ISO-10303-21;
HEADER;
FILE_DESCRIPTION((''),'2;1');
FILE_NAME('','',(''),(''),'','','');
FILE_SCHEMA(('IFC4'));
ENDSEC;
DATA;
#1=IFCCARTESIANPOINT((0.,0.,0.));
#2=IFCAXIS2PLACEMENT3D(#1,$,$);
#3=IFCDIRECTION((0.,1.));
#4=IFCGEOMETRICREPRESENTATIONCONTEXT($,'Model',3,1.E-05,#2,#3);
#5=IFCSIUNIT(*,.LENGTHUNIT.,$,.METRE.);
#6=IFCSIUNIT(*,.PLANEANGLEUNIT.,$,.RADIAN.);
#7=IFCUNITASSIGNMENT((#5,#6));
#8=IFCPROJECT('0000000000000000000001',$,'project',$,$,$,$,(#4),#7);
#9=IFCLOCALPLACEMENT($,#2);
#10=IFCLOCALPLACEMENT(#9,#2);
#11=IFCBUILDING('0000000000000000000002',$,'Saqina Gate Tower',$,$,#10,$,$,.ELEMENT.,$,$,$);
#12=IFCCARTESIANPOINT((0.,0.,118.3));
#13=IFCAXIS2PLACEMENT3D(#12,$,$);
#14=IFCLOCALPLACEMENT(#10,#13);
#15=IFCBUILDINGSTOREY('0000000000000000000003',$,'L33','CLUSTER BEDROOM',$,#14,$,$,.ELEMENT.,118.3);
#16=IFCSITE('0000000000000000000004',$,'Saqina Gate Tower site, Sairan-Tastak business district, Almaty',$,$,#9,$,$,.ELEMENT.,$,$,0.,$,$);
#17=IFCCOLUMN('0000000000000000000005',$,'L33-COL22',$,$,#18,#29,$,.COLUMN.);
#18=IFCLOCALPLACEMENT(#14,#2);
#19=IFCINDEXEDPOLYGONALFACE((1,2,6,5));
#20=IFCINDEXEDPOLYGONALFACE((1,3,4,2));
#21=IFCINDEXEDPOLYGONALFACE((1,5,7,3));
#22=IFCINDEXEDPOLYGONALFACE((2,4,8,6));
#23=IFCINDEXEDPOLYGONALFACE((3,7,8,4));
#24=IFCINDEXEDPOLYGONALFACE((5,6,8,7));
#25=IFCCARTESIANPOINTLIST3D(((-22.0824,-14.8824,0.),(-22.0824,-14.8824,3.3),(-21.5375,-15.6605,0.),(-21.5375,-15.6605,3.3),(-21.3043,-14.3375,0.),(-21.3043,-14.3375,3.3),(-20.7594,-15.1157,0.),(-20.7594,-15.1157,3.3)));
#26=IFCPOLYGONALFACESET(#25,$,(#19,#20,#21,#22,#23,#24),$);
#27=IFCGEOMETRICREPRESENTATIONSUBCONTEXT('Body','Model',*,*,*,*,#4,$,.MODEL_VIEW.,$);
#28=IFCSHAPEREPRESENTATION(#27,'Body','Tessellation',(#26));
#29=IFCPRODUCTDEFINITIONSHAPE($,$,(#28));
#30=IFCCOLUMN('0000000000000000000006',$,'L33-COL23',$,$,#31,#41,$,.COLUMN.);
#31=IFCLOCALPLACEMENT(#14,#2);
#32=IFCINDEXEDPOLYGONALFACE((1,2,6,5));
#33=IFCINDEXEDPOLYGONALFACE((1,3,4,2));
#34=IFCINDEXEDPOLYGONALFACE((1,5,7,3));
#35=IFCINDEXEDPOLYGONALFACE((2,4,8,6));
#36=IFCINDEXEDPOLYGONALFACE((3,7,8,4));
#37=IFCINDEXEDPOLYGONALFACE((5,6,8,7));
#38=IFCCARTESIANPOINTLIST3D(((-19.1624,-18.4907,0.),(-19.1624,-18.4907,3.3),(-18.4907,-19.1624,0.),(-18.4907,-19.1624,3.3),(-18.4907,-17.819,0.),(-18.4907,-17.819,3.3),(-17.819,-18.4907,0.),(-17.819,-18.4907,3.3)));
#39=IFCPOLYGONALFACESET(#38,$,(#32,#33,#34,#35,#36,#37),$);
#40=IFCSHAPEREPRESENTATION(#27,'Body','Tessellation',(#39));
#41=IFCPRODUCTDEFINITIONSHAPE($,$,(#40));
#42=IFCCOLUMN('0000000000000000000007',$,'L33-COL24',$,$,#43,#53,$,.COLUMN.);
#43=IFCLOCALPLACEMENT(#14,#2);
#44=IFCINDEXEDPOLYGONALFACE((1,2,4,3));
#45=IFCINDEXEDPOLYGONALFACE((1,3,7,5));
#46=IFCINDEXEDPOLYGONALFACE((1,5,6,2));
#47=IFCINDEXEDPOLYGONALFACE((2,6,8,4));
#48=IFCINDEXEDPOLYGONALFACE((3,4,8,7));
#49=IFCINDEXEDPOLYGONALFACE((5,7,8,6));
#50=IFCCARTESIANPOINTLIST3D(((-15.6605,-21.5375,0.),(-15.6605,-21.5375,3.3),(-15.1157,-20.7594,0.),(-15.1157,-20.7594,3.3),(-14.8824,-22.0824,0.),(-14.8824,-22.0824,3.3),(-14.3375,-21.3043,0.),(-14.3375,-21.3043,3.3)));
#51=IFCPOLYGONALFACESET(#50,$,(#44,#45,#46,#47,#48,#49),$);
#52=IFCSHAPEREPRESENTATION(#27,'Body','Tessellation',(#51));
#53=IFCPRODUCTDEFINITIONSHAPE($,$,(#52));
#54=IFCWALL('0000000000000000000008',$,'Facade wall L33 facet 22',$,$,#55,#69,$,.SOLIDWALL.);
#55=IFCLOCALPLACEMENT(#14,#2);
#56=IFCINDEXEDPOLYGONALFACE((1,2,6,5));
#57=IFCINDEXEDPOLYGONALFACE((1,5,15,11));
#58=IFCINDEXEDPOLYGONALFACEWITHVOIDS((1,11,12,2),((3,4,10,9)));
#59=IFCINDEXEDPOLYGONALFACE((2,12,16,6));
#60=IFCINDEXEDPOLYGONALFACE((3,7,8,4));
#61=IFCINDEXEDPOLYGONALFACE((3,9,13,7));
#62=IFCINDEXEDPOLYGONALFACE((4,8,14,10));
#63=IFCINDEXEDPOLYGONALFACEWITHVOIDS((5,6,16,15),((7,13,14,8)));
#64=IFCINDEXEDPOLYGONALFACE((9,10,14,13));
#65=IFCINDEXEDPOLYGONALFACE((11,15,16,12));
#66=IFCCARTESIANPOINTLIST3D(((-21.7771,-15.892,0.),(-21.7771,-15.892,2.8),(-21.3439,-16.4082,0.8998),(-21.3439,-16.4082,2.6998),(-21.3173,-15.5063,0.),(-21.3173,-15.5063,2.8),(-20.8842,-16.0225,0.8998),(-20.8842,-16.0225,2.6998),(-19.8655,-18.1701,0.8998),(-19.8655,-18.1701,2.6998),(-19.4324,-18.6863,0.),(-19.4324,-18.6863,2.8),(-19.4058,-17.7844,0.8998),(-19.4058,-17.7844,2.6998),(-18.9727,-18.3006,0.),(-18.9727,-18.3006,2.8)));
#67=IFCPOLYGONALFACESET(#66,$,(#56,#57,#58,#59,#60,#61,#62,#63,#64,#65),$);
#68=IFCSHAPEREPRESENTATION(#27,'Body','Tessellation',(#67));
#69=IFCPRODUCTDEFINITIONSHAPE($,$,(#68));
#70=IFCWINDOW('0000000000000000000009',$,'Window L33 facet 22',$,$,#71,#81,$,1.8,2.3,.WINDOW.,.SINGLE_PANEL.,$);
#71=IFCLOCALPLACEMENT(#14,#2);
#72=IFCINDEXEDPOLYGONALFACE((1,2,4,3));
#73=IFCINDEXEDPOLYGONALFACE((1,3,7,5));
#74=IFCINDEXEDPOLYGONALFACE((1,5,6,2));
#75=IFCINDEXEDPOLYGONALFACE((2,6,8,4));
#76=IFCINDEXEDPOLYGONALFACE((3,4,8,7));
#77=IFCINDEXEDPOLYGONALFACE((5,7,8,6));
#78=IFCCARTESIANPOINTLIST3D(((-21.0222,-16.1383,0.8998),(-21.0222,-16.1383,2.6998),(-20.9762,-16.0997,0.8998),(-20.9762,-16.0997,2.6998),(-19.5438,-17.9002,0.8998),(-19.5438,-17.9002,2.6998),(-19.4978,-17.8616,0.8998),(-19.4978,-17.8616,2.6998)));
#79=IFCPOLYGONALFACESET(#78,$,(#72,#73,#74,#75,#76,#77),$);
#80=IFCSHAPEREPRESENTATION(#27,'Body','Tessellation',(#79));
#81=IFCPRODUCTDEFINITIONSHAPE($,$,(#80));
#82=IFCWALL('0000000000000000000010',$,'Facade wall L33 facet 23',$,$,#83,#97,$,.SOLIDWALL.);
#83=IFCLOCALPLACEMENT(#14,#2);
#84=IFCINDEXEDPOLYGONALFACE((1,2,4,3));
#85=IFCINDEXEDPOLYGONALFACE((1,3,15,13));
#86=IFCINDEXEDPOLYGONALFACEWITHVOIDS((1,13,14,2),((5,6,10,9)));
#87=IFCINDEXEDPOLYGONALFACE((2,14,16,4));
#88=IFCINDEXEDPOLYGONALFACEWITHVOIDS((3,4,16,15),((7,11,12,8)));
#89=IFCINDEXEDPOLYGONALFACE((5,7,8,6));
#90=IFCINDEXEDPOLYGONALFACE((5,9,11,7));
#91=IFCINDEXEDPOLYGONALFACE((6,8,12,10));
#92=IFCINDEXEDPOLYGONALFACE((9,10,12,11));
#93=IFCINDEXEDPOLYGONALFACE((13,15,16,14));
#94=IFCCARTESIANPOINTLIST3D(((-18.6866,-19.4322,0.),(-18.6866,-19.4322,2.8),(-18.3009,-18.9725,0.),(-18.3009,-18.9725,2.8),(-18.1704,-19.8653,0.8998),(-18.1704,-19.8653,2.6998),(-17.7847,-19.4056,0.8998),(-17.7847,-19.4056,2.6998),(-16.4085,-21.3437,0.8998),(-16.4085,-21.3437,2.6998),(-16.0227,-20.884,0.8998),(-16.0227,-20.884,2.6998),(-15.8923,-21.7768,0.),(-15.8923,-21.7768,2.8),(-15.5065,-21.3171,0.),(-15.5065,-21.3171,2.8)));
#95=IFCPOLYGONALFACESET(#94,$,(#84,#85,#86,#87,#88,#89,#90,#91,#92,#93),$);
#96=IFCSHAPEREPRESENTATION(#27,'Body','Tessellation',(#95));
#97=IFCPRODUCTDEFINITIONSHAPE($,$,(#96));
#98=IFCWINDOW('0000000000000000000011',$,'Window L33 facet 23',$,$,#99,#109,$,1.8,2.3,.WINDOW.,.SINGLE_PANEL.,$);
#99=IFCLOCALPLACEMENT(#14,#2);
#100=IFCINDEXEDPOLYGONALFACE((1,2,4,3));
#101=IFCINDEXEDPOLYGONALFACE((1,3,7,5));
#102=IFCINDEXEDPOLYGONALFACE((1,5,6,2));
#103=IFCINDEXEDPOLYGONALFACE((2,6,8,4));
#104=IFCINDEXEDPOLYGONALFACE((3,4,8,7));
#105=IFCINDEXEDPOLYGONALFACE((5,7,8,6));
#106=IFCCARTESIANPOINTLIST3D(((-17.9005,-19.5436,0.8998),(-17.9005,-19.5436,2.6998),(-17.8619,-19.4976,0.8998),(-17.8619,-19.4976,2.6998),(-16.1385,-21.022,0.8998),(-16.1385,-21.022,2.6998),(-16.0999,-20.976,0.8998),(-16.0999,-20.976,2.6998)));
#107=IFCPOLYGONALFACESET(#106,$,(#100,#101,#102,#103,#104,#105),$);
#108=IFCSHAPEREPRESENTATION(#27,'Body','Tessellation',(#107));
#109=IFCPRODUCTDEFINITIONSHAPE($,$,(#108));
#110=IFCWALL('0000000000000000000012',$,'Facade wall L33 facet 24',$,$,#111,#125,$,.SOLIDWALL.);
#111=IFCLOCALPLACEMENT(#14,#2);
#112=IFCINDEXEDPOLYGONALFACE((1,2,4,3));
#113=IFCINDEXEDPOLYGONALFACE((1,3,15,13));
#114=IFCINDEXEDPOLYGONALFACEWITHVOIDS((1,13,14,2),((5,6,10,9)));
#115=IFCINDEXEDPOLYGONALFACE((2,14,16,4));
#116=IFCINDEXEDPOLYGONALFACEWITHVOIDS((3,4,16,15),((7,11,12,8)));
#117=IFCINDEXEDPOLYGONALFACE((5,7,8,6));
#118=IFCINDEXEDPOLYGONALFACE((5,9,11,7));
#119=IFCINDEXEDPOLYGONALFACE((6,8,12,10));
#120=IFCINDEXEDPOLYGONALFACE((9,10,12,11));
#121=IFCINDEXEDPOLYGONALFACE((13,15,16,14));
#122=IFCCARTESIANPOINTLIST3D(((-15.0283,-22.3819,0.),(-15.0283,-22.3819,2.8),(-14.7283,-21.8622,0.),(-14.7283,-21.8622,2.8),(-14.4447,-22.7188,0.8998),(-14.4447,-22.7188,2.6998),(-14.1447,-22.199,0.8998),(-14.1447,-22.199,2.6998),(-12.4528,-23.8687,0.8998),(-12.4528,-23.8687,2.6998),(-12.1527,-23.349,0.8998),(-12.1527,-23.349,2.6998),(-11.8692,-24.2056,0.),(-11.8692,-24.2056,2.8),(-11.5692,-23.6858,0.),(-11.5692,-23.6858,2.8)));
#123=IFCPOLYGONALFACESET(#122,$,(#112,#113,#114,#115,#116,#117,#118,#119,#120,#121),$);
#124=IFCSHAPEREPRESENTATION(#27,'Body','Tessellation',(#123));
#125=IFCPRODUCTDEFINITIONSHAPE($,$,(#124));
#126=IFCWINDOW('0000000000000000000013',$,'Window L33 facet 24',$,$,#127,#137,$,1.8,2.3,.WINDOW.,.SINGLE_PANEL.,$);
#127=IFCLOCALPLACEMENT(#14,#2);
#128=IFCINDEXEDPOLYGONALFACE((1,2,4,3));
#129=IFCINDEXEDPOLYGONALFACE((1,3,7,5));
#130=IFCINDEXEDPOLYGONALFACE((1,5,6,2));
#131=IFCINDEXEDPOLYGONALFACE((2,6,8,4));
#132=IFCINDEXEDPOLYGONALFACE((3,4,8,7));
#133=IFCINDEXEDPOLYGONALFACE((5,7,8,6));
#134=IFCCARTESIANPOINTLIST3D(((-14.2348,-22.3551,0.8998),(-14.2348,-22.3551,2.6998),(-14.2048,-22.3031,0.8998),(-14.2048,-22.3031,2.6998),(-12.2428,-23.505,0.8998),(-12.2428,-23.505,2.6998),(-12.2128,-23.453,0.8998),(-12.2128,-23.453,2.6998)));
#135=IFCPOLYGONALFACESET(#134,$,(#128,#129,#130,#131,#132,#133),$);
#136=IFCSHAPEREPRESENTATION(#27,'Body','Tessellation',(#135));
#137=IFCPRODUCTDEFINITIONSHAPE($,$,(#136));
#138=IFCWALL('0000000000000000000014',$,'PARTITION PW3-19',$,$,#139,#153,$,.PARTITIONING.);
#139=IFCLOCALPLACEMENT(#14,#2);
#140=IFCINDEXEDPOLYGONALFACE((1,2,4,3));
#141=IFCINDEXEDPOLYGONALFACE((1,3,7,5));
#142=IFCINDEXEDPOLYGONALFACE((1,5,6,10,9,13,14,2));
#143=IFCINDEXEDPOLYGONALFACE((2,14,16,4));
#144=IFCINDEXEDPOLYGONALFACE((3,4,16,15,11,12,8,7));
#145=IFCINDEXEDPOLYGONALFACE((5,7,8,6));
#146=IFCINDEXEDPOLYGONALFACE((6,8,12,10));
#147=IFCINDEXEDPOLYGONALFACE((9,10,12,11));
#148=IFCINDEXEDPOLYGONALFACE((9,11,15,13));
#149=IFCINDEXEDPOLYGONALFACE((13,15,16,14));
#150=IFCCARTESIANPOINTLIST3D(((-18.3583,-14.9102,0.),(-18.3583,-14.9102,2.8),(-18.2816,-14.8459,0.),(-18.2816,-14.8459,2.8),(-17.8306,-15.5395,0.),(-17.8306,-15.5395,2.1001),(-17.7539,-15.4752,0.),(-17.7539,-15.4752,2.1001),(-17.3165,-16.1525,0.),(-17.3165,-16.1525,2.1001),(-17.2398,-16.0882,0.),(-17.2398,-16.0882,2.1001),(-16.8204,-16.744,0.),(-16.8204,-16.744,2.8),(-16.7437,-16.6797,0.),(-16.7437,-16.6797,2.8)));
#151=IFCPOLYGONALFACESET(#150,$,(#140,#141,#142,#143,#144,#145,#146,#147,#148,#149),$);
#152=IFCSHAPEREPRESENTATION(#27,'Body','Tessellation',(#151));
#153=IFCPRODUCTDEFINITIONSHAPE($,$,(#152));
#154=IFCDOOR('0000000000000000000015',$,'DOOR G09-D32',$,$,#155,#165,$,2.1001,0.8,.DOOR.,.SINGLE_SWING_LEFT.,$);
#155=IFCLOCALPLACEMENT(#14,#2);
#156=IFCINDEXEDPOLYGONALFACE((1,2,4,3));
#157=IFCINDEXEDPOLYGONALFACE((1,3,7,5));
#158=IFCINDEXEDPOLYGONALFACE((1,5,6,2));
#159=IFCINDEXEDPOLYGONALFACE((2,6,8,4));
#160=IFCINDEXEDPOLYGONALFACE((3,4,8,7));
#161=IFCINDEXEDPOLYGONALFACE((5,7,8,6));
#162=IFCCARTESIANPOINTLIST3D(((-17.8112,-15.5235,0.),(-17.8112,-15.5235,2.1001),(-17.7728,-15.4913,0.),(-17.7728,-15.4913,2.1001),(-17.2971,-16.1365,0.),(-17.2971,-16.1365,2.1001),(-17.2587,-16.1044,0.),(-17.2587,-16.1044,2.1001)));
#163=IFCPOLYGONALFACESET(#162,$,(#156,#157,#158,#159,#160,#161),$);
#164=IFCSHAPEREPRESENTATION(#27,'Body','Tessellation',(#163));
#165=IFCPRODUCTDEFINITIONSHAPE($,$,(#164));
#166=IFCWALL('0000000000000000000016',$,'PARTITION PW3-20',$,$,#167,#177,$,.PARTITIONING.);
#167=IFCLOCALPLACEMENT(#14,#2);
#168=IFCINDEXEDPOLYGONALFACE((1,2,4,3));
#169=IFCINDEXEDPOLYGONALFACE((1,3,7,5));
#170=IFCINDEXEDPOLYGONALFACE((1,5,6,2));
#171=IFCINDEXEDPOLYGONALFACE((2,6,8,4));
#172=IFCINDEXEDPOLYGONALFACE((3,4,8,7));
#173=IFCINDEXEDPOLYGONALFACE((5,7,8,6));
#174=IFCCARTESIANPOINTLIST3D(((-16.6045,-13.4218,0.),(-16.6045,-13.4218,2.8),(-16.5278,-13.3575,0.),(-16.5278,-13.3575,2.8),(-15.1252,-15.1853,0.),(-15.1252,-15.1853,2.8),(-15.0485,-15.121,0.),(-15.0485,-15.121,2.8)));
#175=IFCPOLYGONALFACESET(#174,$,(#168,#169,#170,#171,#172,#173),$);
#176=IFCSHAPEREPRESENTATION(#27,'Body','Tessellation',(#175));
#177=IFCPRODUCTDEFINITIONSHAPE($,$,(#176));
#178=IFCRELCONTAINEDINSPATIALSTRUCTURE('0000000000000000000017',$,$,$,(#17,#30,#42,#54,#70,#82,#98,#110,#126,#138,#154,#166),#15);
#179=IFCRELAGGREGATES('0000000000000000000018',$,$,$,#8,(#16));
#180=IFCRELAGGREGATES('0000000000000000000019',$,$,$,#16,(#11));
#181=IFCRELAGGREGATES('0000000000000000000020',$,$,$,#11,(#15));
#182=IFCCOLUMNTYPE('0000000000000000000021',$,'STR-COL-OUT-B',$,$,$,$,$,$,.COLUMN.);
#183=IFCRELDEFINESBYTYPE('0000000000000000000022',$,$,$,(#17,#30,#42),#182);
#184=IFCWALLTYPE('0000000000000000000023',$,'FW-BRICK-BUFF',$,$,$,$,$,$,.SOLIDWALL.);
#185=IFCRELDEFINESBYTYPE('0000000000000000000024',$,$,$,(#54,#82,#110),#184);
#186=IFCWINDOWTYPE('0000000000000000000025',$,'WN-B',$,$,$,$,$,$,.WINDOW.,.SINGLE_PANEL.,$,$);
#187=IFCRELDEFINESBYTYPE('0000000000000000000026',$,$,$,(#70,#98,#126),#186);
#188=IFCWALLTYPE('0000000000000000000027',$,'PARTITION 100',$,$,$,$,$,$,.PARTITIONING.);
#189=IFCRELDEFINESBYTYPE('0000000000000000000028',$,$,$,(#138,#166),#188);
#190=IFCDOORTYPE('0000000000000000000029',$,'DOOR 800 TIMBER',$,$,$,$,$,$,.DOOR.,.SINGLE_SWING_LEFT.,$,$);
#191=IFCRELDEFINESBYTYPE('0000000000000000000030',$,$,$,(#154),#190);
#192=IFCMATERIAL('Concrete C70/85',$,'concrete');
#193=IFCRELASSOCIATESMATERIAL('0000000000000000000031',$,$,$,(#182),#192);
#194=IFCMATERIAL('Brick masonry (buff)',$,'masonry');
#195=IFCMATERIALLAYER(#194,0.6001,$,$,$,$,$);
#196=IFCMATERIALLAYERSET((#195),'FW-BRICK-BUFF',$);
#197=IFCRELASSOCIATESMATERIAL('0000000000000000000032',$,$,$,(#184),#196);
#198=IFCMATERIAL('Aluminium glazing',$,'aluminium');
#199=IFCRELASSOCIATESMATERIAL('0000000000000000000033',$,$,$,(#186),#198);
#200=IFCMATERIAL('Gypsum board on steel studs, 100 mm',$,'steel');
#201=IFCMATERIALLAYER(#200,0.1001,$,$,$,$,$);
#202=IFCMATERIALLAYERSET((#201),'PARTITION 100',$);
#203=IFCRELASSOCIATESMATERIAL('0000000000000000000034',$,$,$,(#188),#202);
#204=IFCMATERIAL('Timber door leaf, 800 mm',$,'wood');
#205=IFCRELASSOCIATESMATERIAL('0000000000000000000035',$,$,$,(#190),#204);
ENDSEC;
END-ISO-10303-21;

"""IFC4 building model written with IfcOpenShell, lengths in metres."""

from ifc_helpers import new_model, si_unit, direction, frame, frame_2d, origin, origin_2d, place, context, subcontext, project, spatial, rectangle, extrude, material, layer, layer_set, material_profile, profile_set, type_object, element, fill, save


model = new_model("IFC4")

# Units and contexts
model_context = context("Model", 3, precision=1e-05, world=origin(), true_north=direction((0.0, 1.0)))
body_context = subcontext(model_context, "Body", "Model", "MODEL_VIEW")
ifc_project = project(units=[si_unit("LENGTHUNIT", "METRE"), si_unit("PLANEANGLEUNIT", "RADIAN")], contexts=[model_context])

# Site, building, storey
site_placement = place(None, origin())
site = spatial("IfcSite", under=ifc_project, at=site_placement, Name="Saqina Gate Tower site, Sairan-Tastak business district, Almaty", CompositionType="ELEMENT", RefElevation=0.0)
building_placement = place(site_placement, origin())
building = spatial("IfcBuilding", under=site, at=building_placement, Name="Saqina Gate Tower", CompositionType="ELEMENT")
storey_placement = place(building_placement, frame((0.0, 0.0, 118.3)))
storey = spatial("IfcBuildingStorey", under=building, at=storey_placement, Name="L33", Description="CLUSTER BEDROOM", CompositionType="ELEMENT", Elevation=118.3)

# Columns
ifc_material_1 = material(Name="Concrete C70/85", Category="concrete")
ifc_material_profile = material_profile(ifc_material_1, rectangle(XDim=0.95, YDim=0.95, at=origin_2d()), Name="RC 950x950")
ifc_profile_set = profile_set([ifc_material_profile], Name="Concrete C70/85")
column_type = type_object("IfcColumnType", Name="STR-COL-OUT-B", PredefinedType="COLUMN", material=ifc_profile_set)
for number, where, z_axis, x_axis, name in (
    (1, (-21.4209, -14.999, 0.0), (0.0, 0.0, 1.0), (-0.819152, -0.573576, 0.0), "L33-COL22"),
    (2, (-18.4907, -18.4907, 0.0), (0.0, 0.0, 1.0), (-0.707107, -0.707107, 0.0), "L33-COL23"),
    (3, (-14.999, -21.4209, 0.0), (0.0, 0.0, 1.0), (-0.573576, -0.819152, 0.0), "L33-COL24"),
):
    element("IfcColumn", number, at=place(storey_placement, frame(where, z_axis=z_axis, x_axis=x_axis)), inside=storey, type_object=column_type, Name=name, PredefinedType="COLUMN", context=body_context, shape_type="SweptSolid", body=[
        extrude(rectangle(XDim=0.95, YDim=0.95, at=origin_2d()), origin(), (0.0, 0.0, 1.0), 3.3),
    ])

# Walls, openings, windows
ifc_material_2 = material(Name="Brick masonry (buff)", Category="masonry")
ifc_layer_1 = layer(ifc_material_2, 0.6001)
ifc_layer_set_1 = layer_set([ifc_layer_1], Name="FW-BRICK-BUFF")
wall_type_1 = type_object("IfcWallType", Name="FW-BRICK-BUFF", PredefinedType="SOLIDWALL", material=ifc_layer_set_1)
wall_1_placement = place(storey_placement, frame((-21.5471, -15.6992, 0.0), z_axis=(0.0, 0.0, 1.0), x_axis=(0.642774, -0.766055, 0.0)))
wall_1 = element("IfcWall", 4, at=wall_1_placement, inside=storey, type_object=wall_type_1, Name="Facade wall L33 facet 22", PredefinedType="SOLIDWALL", context=body_context, shape_type="SweptSolid", body=[
    extrude(rectangle(XDim=3.6477, YDim=0.6001, at=frame_2d((1.8237, 0.0))), origin(), (0.0, 0.0, 1.0), 2.8),
])
opening_1_placement = place(wall_1_placement, frame((0.6738, 0.0, 0.8999)))
opening_1 = element("IfcOpeningElement", 5, at=opening_1_placement, cuts=wall_1, PredefinedType="OPENING", context=body_context, shape_type="SweptSolid", body=[
    extrude(rectangle(XDim=2.3, YDim=1.8, at=frame_2d((1.1499, 0.8999))), frame((0.0, 0.312, 0.0), z_axis=(0.0, -1.0, 0.0), x_axis=(1.0, 0.0, 0.0)), (0.0, 0.0, 1.0), 0.624),
])
ifc_material_3 = material(Name="Aluminium glazing", Category="aluminium")
window_type = type_object("IfcWindowType", Name="WN-B", PartitioningType="SINGLE_PANEL", PredefinedType="WINDOW", material=ifc_material_3)
window_1_placement = place(opening_1_placement, origin())
window_1 = element("IfcWindow", 6, at=window_1_placement, inside=storey, type_object=window_type, Name="Window L33 facet 22", OverallHeight=1.8, OverallWidth=2.3, PartitioningType="SINGLE_PANEL", PredefinedType="WINDOW", context=body_context, shape_type="SweptSolid", body=[
    extrude(rectangle(XDim=2.3, YDim=1.8, at=frame_2d((1.1499, 0.8999))), frame((0.0, 0.1799, 0.0), z_axis=(0.0, -1.0, 0.0), x_axis=(1.0, 0.0, 0.0)), (0.0, 0.0, 1.0), 0.0601),
])
fill(opening_1, window_1)
wall_2_placement = place(storey_placement, frame((-18.4937, -19.2024, 0.0), z_axis=(0.0, 0.0, 1.0), x_axis=(0.766055, -0.642774, 0.0)))
wall_2 = element("IfcWall", 7, at=wall_2_placement, inside=storey, type_object=wall_type_1, Name="Facade wall L33 facet 23", PredefinedType="SOLIDWALL", context=body_context, shape_type="SweptSolid", body=[
    extrude(rectangle(XDim=3.6477, YDim=0.6001, at=frame_2d((1.8237, 0.0))), origin(), (0.0, 0.0, 1.0), 2.8),
])
opening_2_placement = place(wall_2_placement, frame((0.6738, 0.0, 0.8999)))
opening_2 = element("IfcOpeningElement", 8, at=opening_2_placement, cuts=wall_2, PredefinedType="OPENING", context=body_context, shape_type="SweptSolid", body=[
    extrude(rectangle(XDim=2.3, YDim=1.8, at=frame_2d((1.1499, 0.8999))), frame((0.0, 0.312, 0.0), z_axis=(0.0, -1.0, 0.0), x_axis=(1.0, 0.0, 0.0)), (0.0, 0.0, 1.0), 0.624),
])
window_2_placement = place(opening_2_placement, origin())
window_2 = element("IfcWindow", 9, at=window_2_placement, inside=storey, type_object=window_type, Name="Window L33 facet 23", OverallHeight=1.8, OverallWidth=2.3, PartitioningType="SINGLE_PANEL", PredefinedType="WINDOW", context=body_context, shape_type="SweptSolid", body=[
    extrude(rectangle(XDim=2.3, YDim=1.8, at=frame_2d((1.1499, 0.8999))), frame((0.0, 0.1799, 0.0), z_axis=(0.0, -1.0, 0.0), x_axis=(1.0, 0.0, 0.0)), (0.0, 0.0, 1.0), 0.0601),
])
fill(opening_2, window_2)
wall_3_placement = place(storey_placement, frame((-14.8782, -22.1221, 0.0), z_axis=(0.0, 0.0, 1.0), x_axis=(0.866052, -0.499954, 0.0)))
wall_3 = element("IfcWall", 10, at=wall_3_placement, inside=storey, type_object=wall_type_1, Name="Facade wall L33 facet 24", PredefinedType="SOLIDWALL", context=body_context, shape_type="SweptSolid", body=[
    extrude(rectangle(XDim=3.6477, YDim=0.6001, at=frame_2d((1.8237, 0.0))), origin(), (0.0, 0.0, 1.0), 2.8),
])
opening_3_placement = place(wall_3_placement, frame((0.6738, 0.0, 0.8999)))
opening_3 = element("IfcOpeningElement", 11, at=opening_3_placement, cuts=wall_3, PredefinedType="OPENING", context=body_context, shape_type="SweptSolid", body=[
    extrude(rectangle(XDim=2.3, YDim=1.8, at=frame_2d((1.1499, 0.8999))), frame((0.0, 0.312, 0.0), z_axis=(0.0, -1.0, 0.0), x_axis=(1.0, 0.0, 0.0)), (0.0, 0.0, 1.0), 0.624),
])
window_3_placement = place(opening_3_placement, origin())
window_3 = element("IfcWindow", 12, at=window_3_placement, inside=storey, type_object=window_type, Name="Window L33 facet 24", OverallHeight=1.8, OverallWidth=2.3, PartitioningType="SINGLE_PANEL", PredefinedType="WINDOW", context=body_context, shape_type="SweptSolid", body=[
    extrude(rectangle(XDim=2.3, YDim=1.8, at=frame_2d((1.1499, 0.8999))), frame((0.0, 0.1799, 0.0), z_axis=(0.0, -1.0, 0.0), x_axis=(1.0, 0.0, 0.0)), (0.0, 0.0, 1.0), 0.0601),
])
fill(opening_3, window_3)

# Wall, opening, door
ifc_material_4 = material(Name="Gypsum board on steel studs, 100 mm", Category="steel")
ifc_layer_2 = layer(ifc_material_4, 0.1001)
ifc_layer_set_2 = layer_set([ifc_layer_2], Name="PARTITION 100")
wall_type_2 = type_object("IfcWallType", Name="PARTITION 100", PredefinedType="PARTITIONING", material=ifc_layer_set_2)
wall_4_placement = place(storey_placement, frame((-18.3201, -14.8779, 0.0), z_axis=(0.0, 0.0, 1.0), x_axis=(0.642579, -0.766219, 0.0)))
wall_4 = element("IfcWall", 13, at=wall_4_placement, inside=storey, type_object=wall_type_2, Name="PARTITION PW3-19", PredefinedType="PARTITIONING", context=body_context, shape_type="SweptSolid", body=[
    extrude(rectangle(XDim=2.3933, YDim=0.1001, at=frame_2d((1.1968, 0.0))), origin(), (0.0, 0.0, 1.0), 2.8),
])
opening_4_placement = place(wall_4_placement, frame((0.8215, 0.0, 0.0)))
opening_4 = element("IfcOpeningElement", 14, at=opening_4_placement, cuts=wall_4, PredefinedType="OPENING", context=body_context, shape_type="SweptSolid", body=[
    extrude(rectangle(XDim=0.8, YDim=2.1001, at=frame_2d((0.3999, 1.05))), frame((0.0, 0.062, 0.0), z_axis=(0.0, -1.0, 0.0), x_axis=(1.0, 0.0, 0.0)), (0.0, 0.0, 1.0), 0.124),
])
ifc_material_5 = material(Name="Timber door leaf, 800 mm", Category="wood")
door_type_1 = type_object("IfcDoorType", Name="DOOR 800 TIMBER", OperationType="SINGLE_SWING_LEFT", PredefinedType="DOOR", material=ifc_material_5)
door_1_placement = place(opening_4_placement, frame((0.8, 0.0, 0.0), z_axis=(0.0, 0.0, 1.0), x_axis=(-1.0, 0.0, 0.0)))
door_1 = element("IfcDoor", 15, at=door_1_placement, inside=storey, type_object=door_type_1, Name="DOOR G09-D32", OperationType="SINGLE_SWING_LEFT", OverallHeight=2.1001, OverallWidth=0.8, PredefinedType="DOOR", context=body_context, shape_type="SweptSolid", body=[
    extrude(rectangle(XDim=0.8, YDim=2.1001, at=frame_2d((0.3999, 1.05))), frame((0.0, 0.0249, 0.0), z_axis=(0.0, -1.0, 0.0), x_axis=(1.0, 0.0, 0.0)), (0.0, 0.0, 1.0), 0.05),
])
fill(opening_4, door_1)

# Wall
wall_5_placement = place(storey_placement, frame((-16.5662, -13.3896, 0.0), z_axis=(0.0, 0.0, 1.0), x_axis=(0.642675, -0.766139, 0.0)))
element("IfcWall", 16, at=wall_5_placement, inside=storey, type_object=wall_type_2, Name="PARTITION PW3-20", PredefinedType="PARTITIONING", context=body_context, shape_type="SweptSolid", body=[
    extrude(rectangle(XDim=2.3018, YDim=0.1001, at=frame_2d((1.1509, 0.0))), origin(), (0.0, 0.0, 1.0), 2.8),
])

save(model, "model.ifc")
